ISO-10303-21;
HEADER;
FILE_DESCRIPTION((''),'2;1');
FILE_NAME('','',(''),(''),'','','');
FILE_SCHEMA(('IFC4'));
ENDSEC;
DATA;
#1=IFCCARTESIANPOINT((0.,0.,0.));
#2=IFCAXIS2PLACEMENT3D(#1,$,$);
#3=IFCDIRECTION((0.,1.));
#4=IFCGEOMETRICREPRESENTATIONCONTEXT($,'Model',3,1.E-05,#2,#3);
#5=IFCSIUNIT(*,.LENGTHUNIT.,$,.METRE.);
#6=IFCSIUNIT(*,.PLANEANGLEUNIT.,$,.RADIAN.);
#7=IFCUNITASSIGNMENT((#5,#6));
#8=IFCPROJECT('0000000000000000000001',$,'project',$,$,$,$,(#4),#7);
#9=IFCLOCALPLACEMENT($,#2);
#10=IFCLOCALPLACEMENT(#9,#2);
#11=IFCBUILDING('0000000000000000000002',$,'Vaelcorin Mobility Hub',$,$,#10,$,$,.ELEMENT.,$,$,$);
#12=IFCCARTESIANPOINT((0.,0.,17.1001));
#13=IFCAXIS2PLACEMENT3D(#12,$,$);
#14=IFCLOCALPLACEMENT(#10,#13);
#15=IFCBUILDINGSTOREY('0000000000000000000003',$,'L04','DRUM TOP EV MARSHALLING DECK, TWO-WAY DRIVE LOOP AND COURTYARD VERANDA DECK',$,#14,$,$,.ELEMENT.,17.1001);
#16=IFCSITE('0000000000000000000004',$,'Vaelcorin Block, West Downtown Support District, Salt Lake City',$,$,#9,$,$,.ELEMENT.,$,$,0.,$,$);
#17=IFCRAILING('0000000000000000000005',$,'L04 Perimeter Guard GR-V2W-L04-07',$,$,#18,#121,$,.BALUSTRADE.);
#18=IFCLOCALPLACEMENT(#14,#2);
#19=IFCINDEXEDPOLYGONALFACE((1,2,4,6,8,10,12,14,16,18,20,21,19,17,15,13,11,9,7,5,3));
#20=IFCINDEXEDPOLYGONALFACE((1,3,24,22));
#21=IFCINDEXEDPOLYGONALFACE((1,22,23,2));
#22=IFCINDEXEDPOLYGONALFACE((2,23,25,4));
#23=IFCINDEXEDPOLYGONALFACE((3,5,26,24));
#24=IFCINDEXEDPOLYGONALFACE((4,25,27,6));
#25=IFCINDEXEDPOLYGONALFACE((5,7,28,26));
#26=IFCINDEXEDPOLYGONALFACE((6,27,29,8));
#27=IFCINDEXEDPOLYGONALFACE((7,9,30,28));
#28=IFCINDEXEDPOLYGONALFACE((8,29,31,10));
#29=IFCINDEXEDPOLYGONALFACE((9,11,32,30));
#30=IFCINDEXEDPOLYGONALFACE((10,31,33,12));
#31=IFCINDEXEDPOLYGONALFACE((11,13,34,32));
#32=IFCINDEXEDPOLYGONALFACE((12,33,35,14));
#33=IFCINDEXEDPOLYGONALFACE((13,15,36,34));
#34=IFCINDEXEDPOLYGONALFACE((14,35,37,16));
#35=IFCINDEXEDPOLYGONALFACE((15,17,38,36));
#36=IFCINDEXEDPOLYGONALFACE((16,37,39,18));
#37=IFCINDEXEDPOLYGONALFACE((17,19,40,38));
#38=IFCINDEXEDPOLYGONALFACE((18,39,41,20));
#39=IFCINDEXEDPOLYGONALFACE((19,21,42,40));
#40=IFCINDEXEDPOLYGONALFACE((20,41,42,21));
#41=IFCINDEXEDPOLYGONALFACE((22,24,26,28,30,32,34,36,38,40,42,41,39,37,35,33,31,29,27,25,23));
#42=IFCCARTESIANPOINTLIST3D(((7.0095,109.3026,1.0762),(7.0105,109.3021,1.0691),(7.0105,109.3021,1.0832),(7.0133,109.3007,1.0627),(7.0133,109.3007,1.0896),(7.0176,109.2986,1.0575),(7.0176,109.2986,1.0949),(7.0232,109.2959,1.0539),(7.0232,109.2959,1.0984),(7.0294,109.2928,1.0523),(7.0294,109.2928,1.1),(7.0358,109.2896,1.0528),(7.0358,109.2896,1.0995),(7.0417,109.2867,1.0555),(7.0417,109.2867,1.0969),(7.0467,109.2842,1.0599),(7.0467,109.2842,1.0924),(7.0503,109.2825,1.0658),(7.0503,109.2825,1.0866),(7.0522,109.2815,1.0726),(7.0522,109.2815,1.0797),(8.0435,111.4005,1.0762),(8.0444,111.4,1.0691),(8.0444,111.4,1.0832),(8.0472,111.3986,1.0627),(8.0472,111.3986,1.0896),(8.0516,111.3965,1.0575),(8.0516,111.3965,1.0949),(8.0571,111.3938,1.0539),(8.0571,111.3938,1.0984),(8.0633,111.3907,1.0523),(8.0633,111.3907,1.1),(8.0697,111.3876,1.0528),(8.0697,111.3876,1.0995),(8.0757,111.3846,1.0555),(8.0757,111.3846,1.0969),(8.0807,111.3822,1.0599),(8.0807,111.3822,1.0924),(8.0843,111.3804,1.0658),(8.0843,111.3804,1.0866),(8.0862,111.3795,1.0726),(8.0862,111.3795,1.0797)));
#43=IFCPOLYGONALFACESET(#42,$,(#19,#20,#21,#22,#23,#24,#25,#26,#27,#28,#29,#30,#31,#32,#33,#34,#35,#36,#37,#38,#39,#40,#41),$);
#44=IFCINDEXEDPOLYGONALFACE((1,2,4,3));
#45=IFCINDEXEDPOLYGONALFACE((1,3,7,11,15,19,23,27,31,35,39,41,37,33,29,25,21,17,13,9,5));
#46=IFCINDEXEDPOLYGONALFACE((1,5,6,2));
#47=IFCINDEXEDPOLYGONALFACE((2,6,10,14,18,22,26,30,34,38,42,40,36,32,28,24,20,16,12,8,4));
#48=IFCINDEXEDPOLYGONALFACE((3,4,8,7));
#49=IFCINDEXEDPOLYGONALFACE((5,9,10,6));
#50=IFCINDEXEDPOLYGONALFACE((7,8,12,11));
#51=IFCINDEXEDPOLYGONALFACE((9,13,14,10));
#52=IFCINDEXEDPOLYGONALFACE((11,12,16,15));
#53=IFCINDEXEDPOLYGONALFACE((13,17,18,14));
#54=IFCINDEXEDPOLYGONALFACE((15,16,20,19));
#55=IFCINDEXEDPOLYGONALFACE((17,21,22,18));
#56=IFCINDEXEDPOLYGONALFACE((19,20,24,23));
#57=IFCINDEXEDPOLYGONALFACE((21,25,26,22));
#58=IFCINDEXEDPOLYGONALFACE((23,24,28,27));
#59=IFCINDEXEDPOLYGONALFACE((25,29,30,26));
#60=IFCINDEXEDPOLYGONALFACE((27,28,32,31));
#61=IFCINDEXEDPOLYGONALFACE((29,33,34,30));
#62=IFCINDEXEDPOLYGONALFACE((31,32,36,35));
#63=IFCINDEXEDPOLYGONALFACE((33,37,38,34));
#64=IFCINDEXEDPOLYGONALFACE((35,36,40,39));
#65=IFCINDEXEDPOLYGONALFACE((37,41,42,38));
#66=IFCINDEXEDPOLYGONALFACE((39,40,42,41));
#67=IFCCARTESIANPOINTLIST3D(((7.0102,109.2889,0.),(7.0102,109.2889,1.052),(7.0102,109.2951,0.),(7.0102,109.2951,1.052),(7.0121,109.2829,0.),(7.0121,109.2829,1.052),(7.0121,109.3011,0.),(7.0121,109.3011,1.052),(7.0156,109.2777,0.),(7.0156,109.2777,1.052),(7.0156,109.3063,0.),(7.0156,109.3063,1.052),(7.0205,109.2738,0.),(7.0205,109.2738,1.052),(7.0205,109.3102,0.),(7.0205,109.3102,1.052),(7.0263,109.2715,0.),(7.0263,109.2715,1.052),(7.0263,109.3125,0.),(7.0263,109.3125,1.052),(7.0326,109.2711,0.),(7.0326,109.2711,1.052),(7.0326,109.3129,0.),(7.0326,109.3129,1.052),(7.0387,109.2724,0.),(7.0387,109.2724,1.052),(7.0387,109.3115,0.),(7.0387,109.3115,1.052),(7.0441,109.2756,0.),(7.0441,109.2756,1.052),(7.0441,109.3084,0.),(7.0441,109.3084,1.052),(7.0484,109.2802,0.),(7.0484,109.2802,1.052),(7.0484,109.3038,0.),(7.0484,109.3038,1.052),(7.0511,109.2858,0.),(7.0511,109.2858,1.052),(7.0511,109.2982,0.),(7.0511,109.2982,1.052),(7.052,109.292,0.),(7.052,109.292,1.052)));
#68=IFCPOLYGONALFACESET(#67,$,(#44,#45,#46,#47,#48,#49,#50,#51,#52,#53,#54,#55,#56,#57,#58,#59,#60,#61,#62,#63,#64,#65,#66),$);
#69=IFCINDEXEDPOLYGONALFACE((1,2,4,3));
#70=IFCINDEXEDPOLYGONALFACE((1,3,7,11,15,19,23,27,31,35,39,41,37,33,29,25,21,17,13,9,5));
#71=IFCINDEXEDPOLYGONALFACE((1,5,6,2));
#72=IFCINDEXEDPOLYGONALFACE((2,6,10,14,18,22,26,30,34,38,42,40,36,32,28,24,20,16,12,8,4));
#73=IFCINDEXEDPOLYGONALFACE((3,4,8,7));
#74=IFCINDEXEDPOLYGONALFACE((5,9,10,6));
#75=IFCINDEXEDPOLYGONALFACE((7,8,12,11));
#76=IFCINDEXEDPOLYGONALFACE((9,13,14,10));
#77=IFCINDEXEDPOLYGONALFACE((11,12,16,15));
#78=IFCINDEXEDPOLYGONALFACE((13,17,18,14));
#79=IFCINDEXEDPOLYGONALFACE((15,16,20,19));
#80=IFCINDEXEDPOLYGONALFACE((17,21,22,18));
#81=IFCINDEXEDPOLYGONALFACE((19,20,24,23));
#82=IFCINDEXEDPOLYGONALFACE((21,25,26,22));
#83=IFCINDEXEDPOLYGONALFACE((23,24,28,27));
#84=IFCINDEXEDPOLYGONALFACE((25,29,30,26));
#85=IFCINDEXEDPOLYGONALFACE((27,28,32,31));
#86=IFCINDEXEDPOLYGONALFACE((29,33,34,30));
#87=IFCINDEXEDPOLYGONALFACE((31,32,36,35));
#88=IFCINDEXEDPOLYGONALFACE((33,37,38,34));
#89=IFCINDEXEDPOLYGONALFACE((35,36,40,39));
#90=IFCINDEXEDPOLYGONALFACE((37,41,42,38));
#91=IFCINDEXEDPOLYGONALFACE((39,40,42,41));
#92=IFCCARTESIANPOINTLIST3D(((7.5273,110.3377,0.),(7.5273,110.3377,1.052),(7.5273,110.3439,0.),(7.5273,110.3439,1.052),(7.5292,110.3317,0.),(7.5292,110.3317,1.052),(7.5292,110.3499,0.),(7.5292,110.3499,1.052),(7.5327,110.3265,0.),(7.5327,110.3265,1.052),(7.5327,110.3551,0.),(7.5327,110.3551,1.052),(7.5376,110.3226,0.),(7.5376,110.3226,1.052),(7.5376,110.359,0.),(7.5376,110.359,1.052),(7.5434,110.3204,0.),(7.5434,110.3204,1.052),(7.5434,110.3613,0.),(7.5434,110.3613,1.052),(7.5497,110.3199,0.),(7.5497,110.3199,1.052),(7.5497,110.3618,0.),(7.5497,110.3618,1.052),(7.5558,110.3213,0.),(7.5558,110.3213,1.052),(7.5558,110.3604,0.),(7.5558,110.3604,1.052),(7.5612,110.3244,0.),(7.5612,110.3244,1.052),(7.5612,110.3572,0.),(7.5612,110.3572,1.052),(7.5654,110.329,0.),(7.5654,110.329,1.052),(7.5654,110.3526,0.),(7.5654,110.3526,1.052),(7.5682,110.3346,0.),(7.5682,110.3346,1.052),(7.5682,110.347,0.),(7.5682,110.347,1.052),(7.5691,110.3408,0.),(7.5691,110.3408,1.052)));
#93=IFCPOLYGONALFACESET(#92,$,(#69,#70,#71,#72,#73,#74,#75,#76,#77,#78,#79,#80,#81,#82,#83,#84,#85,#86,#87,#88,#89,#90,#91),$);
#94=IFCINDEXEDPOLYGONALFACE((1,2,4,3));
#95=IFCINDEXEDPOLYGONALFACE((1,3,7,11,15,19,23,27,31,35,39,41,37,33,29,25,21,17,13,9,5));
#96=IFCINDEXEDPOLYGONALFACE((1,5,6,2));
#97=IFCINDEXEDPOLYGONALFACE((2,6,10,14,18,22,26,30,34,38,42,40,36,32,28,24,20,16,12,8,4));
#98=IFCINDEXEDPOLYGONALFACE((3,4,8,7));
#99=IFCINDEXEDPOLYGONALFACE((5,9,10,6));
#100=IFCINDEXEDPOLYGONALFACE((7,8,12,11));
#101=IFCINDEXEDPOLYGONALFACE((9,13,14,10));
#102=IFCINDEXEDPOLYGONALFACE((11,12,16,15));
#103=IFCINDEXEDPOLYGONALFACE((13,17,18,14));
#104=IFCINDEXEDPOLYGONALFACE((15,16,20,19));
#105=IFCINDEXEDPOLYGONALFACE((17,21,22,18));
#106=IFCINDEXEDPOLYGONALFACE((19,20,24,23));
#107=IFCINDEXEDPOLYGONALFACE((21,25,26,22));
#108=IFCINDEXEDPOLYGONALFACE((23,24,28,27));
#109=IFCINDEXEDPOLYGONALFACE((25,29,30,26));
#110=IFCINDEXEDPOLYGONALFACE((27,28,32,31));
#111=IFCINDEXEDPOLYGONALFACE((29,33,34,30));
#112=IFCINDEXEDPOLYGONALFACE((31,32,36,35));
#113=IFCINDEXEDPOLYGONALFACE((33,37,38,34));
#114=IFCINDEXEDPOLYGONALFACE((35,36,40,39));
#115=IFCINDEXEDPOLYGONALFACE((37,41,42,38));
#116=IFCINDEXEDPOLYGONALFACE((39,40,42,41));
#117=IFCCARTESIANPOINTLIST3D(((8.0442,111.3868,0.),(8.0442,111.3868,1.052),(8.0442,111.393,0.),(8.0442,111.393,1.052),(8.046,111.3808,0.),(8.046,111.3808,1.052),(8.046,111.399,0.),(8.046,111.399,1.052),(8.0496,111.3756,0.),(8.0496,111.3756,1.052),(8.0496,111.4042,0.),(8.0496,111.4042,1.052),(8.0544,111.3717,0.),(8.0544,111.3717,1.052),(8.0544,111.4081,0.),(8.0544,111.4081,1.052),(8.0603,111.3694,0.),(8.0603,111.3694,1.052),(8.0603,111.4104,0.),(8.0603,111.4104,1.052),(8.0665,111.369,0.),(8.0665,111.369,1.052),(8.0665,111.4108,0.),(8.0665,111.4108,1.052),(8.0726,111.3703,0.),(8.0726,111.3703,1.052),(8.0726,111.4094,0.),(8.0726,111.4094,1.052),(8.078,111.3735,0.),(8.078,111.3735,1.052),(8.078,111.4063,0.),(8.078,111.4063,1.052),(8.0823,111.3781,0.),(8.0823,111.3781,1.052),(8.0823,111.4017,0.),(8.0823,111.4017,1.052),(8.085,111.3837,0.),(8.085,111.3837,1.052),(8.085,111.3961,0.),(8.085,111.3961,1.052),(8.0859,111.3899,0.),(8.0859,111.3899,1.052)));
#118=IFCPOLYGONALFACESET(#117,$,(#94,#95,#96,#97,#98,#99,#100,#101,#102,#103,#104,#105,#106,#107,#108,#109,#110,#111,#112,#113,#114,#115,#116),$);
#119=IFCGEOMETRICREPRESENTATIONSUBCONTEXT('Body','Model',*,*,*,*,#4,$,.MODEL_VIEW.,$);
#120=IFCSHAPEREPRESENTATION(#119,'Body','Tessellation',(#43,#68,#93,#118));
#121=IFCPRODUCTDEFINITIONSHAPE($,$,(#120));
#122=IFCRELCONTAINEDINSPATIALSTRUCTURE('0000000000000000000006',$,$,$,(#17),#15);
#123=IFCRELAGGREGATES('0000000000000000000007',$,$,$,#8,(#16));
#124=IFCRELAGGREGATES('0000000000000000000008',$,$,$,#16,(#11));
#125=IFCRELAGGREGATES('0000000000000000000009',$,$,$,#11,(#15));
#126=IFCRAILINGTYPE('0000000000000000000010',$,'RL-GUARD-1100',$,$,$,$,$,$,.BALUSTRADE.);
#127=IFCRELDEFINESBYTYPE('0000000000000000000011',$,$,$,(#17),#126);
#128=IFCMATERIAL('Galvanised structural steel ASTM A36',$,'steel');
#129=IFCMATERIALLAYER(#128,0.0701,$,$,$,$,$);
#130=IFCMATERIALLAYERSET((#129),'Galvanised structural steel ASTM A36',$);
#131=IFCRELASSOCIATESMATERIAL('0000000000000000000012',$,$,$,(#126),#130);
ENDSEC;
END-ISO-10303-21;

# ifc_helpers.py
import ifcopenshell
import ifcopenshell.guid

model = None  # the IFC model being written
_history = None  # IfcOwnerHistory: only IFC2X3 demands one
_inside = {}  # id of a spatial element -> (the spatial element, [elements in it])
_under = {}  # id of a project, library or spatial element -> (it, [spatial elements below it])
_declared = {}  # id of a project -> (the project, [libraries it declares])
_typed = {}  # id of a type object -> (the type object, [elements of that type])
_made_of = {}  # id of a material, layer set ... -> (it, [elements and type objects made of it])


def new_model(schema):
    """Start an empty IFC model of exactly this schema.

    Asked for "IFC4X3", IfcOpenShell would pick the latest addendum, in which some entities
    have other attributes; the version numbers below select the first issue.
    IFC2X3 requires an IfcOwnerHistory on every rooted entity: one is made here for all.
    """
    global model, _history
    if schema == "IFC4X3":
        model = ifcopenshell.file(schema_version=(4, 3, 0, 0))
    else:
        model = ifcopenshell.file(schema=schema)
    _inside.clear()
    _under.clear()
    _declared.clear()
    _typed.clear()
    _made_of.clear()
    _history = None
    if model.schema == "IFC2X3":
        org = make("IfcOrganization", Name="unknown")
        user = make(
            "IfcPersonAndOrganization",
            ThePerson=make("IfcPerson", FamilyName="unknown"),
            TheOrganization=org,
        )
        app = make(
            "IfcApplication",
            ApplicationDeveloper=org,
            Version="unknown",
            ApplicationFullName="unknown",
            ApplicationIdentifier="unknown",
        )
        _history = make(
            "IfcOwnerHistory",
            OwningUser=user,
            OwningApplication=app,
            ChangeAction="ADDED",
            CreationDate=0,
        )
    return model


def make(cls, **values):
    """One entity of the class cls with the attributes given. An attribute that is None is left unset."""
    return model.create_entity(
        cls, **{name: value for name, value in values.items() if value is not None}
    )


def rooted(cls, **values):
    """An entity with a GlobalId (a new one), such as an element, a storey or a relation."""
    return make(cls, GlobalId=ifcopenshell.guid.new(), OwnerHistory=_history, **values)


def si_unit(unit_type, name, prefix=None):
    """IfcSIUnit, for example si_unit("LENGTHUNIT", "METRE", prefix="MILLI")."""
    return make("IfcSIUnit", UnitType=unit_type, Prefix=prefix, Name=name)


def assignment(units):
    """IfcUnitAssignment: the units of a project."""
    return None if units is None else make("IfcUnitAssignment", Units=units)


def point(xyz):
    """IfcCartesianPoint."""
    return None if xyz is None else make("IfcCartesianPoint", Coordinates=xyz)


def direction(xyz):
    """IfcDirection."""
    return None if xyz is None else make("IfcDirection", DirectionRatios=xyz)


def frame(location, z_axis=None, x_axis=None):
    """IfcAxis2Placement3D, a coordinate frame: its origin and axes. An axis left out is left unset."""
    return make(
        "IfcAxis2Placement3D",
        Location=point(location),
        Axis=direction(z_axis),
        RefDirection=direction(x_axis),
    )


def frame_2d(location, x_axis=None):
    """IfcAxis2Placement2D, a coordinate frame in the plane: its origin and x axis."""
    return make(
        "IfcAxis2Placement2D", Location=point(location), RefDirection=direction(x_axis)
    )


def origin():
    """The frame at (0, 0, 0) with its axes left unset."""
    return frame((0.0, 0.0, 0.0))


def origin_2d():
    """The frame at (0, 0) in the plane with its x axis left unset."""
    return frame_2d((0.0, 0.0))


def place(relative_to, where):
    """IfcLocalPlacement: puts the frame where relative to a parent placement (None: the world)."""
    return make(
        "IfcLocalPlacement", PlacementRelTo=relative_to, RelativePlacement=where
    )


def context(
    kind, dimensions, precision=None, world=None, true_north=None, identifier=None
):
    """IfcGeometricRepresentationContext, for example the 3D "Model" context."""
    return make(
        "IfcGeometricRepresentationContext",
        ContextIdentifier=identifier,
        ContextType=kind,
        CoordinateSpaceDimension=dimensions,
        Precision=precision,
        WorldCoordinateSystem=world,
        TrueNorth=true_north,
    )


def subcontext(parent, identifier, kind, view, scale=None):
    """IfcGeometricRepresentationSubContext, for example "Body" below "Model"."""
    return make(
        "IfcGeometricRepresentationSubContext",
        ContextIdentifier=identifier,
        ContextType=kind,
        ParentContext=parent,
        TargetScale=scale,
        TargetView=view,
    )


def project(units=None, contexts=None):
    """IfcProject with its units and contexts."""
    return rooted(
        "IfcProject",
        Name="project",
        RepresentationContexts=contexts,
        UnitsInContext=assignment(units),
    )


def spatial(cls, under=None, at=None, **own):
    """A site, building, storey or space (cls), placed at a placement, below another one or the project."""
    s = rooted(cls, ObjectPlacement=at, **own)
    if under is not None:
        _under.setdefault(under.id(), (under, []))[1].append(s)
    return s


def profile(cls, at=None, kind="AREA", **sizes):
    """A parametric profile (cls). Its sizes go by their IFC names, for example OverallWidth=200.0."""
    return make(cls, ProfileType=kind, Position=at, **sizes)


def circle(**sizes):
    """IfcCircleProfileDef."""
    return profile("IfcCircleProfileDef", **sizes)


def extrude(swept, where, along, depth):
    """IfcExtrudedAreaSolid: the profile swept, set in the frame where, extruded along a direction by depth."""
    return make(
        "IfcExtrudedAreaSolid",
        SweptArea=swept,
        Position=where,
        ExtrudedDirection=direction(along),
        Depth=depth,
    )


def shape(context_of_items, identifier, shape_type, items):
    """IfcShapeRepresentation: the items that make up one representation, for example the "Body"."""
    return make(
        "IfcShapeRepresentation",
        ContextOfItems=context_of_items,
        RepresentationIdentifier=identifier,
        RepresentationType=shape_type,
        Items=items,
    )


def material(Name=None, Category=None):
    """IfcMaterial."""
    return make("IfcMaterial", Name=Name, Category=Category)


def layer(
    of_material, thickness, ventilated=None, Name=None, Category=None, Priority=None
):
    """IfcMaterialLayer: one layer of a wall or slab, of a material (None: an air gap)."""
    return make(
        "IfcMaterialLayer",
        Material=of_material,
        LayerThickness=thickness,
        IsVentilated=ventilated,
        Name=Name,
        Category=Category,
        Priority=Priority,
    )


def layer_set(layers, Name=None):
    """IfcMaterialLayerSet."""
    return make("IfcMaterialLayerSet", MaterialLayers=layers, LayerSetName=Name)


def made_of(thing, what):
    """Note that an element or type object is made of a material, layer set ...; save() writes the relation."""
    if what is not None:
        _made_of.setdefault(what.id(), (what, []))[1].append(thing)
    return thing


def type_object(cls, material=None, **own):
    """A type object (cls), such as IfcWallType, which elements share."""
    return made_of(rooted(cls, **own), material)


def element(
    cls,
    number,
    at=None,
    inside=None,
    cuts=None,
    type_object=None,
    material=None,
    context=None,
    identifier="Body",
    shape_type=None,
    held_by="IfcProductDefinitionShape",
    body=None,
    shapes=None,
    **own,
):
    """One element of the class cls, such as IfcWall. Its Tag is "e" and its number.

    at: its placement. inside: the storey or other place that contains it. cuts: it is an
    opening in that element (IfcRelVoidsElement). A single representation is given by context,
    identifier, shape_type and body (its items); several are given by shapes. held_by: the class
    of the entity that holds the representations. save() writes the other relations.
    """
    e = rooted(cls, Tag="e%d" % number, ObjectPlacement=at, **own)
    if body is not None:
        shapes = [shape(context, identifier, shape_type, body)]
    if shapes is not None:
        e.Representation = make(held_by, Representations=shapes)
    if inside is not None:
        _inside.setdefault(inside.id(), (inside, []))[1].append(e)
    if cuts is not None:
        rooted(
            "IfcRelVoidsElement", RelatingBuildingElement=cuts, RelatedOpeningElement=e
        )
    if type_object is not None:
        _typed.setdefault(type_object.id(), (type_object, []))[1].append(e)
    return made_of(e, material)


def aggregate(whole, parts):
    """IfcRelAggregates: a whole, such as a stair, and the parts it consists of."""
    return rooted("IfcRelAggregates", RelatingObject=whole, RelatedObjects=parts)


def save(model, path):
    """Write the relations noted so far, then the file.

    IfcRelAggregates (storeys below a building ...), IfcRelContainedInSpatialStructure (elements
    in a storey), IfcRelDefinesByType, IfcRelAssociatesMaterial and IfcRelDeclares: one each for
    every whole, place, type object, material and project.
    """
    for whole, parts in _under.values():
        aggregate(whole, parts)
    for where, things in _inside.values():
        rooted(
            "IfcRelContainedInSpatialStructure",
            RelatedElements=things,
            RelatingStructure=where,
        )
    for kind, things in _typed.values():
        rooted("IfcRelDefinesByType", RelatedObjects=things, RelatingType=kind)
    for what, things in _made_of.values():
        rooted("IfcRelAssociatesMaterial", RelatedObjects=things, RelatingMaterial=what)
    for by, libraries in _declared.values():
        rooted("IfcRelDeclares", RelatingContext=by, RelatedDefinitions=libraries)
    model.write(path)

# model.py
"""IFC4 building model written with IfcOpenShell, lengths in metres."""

from ifc_helpers import new_model, si_unit, direction, frame, origin, origin_2d, place, context, subcontext, project, spatial, circle, extrude, material, layer, layer_set, type_object, element, save


model = new_model("IFC4")

# Units and contexts
model_context = context("Model", 3, precision=1e-05, world=origin(), true_north=direction((0.0, 1.0)))
body_context = subcontext(model_context, "Body", "Model", "MODEL_VIEW")
ifc_project = project(units=[si_unit("LENGTHUNIT", "METRE"), si_unit("PLANEANGLEUNIT", "RADIAN")], contexts=[model_context])

# Site, building, storey
site_placement = place(None, origin())
site = spatial("IfcSite", under=ifc_project, at=site_placement, Name="Vaelcorin Block, West Downtown Support District, Salt Lake City", CompositionType="ELEMENT", RefElevation=0.0)
building_placement = place(site_placement, origin())
building = spatial("IfcBuilding", under=site, at=building_placement, Name="Vaelcorin Mobility Hub", CompositionType="ELEMENT")
storey_placement = place(building_placement, frame((0.0, 0.0, 17.1001)))
storey = spatial("IfcBuildingStorey", under=building, at=storey_placement, Name="L04", Description="DRUM TOP EV MARSHALLING DECK, TWO-WAY DRIVE LOOP AND COURTYARD VERANDA DECK", CompositionType="ELEMENT", Elevation=17.1001)

# Railing
ifc_material_1 = material(Name="Galvanised structural steel ASTM A36", Category="steel")
ifc_layer_1 = layer(ifc_material_1, 0.0701)
ifc_layer_set_1 = layer_set([ifc_layer_1], Name="Galvanised structural steel ASTM A36")
railing_type = type_object("IfcRailingType", Name="RL-GUARD-1100", PredefinedType="BALUSTRADE", material=ifc_layer_set_1)
railing_1_placement = place(storey_placement, frame((7.031, 109.292, 0.0)))
element("IfcRailing", 1, at=railing_1_placement, inside=storey, type_object=railing_type, Name="L04 Perimeter Guard GR-V2W-L04-07", PredefinedType="BALUSTRADE", context=body_context, shape_type="SweptSolid", body=[
    extrude(circle(Radius=0.0239, at=origin_2d()), frame((0.0, 0.0, 1.0762), z_axis=(0.44207, 0.89698, 0.0), x_axis=(-0.89698, 0.44207, 0.0)), (0.0, 0.0, 1.0), 2.3389),
    extrude(circle(Radius=0.021, at=origin_2d()), origin(), (0.0, 0.0, 1.0), 1.052),
    extrude(circle(Radius=0.021, at=origin_2d()), frame((0.5171, 1.0488, 0.0)), (0.0, 0.0, 1.0), 1.052),
    extrude(circle(Radius=0.021, at=origin_2d()), frame((1.0339, 2.0979, 0.0)), (0.0, 0.0, 1.0), 1.052),
])

save(model, "model.ifc")
